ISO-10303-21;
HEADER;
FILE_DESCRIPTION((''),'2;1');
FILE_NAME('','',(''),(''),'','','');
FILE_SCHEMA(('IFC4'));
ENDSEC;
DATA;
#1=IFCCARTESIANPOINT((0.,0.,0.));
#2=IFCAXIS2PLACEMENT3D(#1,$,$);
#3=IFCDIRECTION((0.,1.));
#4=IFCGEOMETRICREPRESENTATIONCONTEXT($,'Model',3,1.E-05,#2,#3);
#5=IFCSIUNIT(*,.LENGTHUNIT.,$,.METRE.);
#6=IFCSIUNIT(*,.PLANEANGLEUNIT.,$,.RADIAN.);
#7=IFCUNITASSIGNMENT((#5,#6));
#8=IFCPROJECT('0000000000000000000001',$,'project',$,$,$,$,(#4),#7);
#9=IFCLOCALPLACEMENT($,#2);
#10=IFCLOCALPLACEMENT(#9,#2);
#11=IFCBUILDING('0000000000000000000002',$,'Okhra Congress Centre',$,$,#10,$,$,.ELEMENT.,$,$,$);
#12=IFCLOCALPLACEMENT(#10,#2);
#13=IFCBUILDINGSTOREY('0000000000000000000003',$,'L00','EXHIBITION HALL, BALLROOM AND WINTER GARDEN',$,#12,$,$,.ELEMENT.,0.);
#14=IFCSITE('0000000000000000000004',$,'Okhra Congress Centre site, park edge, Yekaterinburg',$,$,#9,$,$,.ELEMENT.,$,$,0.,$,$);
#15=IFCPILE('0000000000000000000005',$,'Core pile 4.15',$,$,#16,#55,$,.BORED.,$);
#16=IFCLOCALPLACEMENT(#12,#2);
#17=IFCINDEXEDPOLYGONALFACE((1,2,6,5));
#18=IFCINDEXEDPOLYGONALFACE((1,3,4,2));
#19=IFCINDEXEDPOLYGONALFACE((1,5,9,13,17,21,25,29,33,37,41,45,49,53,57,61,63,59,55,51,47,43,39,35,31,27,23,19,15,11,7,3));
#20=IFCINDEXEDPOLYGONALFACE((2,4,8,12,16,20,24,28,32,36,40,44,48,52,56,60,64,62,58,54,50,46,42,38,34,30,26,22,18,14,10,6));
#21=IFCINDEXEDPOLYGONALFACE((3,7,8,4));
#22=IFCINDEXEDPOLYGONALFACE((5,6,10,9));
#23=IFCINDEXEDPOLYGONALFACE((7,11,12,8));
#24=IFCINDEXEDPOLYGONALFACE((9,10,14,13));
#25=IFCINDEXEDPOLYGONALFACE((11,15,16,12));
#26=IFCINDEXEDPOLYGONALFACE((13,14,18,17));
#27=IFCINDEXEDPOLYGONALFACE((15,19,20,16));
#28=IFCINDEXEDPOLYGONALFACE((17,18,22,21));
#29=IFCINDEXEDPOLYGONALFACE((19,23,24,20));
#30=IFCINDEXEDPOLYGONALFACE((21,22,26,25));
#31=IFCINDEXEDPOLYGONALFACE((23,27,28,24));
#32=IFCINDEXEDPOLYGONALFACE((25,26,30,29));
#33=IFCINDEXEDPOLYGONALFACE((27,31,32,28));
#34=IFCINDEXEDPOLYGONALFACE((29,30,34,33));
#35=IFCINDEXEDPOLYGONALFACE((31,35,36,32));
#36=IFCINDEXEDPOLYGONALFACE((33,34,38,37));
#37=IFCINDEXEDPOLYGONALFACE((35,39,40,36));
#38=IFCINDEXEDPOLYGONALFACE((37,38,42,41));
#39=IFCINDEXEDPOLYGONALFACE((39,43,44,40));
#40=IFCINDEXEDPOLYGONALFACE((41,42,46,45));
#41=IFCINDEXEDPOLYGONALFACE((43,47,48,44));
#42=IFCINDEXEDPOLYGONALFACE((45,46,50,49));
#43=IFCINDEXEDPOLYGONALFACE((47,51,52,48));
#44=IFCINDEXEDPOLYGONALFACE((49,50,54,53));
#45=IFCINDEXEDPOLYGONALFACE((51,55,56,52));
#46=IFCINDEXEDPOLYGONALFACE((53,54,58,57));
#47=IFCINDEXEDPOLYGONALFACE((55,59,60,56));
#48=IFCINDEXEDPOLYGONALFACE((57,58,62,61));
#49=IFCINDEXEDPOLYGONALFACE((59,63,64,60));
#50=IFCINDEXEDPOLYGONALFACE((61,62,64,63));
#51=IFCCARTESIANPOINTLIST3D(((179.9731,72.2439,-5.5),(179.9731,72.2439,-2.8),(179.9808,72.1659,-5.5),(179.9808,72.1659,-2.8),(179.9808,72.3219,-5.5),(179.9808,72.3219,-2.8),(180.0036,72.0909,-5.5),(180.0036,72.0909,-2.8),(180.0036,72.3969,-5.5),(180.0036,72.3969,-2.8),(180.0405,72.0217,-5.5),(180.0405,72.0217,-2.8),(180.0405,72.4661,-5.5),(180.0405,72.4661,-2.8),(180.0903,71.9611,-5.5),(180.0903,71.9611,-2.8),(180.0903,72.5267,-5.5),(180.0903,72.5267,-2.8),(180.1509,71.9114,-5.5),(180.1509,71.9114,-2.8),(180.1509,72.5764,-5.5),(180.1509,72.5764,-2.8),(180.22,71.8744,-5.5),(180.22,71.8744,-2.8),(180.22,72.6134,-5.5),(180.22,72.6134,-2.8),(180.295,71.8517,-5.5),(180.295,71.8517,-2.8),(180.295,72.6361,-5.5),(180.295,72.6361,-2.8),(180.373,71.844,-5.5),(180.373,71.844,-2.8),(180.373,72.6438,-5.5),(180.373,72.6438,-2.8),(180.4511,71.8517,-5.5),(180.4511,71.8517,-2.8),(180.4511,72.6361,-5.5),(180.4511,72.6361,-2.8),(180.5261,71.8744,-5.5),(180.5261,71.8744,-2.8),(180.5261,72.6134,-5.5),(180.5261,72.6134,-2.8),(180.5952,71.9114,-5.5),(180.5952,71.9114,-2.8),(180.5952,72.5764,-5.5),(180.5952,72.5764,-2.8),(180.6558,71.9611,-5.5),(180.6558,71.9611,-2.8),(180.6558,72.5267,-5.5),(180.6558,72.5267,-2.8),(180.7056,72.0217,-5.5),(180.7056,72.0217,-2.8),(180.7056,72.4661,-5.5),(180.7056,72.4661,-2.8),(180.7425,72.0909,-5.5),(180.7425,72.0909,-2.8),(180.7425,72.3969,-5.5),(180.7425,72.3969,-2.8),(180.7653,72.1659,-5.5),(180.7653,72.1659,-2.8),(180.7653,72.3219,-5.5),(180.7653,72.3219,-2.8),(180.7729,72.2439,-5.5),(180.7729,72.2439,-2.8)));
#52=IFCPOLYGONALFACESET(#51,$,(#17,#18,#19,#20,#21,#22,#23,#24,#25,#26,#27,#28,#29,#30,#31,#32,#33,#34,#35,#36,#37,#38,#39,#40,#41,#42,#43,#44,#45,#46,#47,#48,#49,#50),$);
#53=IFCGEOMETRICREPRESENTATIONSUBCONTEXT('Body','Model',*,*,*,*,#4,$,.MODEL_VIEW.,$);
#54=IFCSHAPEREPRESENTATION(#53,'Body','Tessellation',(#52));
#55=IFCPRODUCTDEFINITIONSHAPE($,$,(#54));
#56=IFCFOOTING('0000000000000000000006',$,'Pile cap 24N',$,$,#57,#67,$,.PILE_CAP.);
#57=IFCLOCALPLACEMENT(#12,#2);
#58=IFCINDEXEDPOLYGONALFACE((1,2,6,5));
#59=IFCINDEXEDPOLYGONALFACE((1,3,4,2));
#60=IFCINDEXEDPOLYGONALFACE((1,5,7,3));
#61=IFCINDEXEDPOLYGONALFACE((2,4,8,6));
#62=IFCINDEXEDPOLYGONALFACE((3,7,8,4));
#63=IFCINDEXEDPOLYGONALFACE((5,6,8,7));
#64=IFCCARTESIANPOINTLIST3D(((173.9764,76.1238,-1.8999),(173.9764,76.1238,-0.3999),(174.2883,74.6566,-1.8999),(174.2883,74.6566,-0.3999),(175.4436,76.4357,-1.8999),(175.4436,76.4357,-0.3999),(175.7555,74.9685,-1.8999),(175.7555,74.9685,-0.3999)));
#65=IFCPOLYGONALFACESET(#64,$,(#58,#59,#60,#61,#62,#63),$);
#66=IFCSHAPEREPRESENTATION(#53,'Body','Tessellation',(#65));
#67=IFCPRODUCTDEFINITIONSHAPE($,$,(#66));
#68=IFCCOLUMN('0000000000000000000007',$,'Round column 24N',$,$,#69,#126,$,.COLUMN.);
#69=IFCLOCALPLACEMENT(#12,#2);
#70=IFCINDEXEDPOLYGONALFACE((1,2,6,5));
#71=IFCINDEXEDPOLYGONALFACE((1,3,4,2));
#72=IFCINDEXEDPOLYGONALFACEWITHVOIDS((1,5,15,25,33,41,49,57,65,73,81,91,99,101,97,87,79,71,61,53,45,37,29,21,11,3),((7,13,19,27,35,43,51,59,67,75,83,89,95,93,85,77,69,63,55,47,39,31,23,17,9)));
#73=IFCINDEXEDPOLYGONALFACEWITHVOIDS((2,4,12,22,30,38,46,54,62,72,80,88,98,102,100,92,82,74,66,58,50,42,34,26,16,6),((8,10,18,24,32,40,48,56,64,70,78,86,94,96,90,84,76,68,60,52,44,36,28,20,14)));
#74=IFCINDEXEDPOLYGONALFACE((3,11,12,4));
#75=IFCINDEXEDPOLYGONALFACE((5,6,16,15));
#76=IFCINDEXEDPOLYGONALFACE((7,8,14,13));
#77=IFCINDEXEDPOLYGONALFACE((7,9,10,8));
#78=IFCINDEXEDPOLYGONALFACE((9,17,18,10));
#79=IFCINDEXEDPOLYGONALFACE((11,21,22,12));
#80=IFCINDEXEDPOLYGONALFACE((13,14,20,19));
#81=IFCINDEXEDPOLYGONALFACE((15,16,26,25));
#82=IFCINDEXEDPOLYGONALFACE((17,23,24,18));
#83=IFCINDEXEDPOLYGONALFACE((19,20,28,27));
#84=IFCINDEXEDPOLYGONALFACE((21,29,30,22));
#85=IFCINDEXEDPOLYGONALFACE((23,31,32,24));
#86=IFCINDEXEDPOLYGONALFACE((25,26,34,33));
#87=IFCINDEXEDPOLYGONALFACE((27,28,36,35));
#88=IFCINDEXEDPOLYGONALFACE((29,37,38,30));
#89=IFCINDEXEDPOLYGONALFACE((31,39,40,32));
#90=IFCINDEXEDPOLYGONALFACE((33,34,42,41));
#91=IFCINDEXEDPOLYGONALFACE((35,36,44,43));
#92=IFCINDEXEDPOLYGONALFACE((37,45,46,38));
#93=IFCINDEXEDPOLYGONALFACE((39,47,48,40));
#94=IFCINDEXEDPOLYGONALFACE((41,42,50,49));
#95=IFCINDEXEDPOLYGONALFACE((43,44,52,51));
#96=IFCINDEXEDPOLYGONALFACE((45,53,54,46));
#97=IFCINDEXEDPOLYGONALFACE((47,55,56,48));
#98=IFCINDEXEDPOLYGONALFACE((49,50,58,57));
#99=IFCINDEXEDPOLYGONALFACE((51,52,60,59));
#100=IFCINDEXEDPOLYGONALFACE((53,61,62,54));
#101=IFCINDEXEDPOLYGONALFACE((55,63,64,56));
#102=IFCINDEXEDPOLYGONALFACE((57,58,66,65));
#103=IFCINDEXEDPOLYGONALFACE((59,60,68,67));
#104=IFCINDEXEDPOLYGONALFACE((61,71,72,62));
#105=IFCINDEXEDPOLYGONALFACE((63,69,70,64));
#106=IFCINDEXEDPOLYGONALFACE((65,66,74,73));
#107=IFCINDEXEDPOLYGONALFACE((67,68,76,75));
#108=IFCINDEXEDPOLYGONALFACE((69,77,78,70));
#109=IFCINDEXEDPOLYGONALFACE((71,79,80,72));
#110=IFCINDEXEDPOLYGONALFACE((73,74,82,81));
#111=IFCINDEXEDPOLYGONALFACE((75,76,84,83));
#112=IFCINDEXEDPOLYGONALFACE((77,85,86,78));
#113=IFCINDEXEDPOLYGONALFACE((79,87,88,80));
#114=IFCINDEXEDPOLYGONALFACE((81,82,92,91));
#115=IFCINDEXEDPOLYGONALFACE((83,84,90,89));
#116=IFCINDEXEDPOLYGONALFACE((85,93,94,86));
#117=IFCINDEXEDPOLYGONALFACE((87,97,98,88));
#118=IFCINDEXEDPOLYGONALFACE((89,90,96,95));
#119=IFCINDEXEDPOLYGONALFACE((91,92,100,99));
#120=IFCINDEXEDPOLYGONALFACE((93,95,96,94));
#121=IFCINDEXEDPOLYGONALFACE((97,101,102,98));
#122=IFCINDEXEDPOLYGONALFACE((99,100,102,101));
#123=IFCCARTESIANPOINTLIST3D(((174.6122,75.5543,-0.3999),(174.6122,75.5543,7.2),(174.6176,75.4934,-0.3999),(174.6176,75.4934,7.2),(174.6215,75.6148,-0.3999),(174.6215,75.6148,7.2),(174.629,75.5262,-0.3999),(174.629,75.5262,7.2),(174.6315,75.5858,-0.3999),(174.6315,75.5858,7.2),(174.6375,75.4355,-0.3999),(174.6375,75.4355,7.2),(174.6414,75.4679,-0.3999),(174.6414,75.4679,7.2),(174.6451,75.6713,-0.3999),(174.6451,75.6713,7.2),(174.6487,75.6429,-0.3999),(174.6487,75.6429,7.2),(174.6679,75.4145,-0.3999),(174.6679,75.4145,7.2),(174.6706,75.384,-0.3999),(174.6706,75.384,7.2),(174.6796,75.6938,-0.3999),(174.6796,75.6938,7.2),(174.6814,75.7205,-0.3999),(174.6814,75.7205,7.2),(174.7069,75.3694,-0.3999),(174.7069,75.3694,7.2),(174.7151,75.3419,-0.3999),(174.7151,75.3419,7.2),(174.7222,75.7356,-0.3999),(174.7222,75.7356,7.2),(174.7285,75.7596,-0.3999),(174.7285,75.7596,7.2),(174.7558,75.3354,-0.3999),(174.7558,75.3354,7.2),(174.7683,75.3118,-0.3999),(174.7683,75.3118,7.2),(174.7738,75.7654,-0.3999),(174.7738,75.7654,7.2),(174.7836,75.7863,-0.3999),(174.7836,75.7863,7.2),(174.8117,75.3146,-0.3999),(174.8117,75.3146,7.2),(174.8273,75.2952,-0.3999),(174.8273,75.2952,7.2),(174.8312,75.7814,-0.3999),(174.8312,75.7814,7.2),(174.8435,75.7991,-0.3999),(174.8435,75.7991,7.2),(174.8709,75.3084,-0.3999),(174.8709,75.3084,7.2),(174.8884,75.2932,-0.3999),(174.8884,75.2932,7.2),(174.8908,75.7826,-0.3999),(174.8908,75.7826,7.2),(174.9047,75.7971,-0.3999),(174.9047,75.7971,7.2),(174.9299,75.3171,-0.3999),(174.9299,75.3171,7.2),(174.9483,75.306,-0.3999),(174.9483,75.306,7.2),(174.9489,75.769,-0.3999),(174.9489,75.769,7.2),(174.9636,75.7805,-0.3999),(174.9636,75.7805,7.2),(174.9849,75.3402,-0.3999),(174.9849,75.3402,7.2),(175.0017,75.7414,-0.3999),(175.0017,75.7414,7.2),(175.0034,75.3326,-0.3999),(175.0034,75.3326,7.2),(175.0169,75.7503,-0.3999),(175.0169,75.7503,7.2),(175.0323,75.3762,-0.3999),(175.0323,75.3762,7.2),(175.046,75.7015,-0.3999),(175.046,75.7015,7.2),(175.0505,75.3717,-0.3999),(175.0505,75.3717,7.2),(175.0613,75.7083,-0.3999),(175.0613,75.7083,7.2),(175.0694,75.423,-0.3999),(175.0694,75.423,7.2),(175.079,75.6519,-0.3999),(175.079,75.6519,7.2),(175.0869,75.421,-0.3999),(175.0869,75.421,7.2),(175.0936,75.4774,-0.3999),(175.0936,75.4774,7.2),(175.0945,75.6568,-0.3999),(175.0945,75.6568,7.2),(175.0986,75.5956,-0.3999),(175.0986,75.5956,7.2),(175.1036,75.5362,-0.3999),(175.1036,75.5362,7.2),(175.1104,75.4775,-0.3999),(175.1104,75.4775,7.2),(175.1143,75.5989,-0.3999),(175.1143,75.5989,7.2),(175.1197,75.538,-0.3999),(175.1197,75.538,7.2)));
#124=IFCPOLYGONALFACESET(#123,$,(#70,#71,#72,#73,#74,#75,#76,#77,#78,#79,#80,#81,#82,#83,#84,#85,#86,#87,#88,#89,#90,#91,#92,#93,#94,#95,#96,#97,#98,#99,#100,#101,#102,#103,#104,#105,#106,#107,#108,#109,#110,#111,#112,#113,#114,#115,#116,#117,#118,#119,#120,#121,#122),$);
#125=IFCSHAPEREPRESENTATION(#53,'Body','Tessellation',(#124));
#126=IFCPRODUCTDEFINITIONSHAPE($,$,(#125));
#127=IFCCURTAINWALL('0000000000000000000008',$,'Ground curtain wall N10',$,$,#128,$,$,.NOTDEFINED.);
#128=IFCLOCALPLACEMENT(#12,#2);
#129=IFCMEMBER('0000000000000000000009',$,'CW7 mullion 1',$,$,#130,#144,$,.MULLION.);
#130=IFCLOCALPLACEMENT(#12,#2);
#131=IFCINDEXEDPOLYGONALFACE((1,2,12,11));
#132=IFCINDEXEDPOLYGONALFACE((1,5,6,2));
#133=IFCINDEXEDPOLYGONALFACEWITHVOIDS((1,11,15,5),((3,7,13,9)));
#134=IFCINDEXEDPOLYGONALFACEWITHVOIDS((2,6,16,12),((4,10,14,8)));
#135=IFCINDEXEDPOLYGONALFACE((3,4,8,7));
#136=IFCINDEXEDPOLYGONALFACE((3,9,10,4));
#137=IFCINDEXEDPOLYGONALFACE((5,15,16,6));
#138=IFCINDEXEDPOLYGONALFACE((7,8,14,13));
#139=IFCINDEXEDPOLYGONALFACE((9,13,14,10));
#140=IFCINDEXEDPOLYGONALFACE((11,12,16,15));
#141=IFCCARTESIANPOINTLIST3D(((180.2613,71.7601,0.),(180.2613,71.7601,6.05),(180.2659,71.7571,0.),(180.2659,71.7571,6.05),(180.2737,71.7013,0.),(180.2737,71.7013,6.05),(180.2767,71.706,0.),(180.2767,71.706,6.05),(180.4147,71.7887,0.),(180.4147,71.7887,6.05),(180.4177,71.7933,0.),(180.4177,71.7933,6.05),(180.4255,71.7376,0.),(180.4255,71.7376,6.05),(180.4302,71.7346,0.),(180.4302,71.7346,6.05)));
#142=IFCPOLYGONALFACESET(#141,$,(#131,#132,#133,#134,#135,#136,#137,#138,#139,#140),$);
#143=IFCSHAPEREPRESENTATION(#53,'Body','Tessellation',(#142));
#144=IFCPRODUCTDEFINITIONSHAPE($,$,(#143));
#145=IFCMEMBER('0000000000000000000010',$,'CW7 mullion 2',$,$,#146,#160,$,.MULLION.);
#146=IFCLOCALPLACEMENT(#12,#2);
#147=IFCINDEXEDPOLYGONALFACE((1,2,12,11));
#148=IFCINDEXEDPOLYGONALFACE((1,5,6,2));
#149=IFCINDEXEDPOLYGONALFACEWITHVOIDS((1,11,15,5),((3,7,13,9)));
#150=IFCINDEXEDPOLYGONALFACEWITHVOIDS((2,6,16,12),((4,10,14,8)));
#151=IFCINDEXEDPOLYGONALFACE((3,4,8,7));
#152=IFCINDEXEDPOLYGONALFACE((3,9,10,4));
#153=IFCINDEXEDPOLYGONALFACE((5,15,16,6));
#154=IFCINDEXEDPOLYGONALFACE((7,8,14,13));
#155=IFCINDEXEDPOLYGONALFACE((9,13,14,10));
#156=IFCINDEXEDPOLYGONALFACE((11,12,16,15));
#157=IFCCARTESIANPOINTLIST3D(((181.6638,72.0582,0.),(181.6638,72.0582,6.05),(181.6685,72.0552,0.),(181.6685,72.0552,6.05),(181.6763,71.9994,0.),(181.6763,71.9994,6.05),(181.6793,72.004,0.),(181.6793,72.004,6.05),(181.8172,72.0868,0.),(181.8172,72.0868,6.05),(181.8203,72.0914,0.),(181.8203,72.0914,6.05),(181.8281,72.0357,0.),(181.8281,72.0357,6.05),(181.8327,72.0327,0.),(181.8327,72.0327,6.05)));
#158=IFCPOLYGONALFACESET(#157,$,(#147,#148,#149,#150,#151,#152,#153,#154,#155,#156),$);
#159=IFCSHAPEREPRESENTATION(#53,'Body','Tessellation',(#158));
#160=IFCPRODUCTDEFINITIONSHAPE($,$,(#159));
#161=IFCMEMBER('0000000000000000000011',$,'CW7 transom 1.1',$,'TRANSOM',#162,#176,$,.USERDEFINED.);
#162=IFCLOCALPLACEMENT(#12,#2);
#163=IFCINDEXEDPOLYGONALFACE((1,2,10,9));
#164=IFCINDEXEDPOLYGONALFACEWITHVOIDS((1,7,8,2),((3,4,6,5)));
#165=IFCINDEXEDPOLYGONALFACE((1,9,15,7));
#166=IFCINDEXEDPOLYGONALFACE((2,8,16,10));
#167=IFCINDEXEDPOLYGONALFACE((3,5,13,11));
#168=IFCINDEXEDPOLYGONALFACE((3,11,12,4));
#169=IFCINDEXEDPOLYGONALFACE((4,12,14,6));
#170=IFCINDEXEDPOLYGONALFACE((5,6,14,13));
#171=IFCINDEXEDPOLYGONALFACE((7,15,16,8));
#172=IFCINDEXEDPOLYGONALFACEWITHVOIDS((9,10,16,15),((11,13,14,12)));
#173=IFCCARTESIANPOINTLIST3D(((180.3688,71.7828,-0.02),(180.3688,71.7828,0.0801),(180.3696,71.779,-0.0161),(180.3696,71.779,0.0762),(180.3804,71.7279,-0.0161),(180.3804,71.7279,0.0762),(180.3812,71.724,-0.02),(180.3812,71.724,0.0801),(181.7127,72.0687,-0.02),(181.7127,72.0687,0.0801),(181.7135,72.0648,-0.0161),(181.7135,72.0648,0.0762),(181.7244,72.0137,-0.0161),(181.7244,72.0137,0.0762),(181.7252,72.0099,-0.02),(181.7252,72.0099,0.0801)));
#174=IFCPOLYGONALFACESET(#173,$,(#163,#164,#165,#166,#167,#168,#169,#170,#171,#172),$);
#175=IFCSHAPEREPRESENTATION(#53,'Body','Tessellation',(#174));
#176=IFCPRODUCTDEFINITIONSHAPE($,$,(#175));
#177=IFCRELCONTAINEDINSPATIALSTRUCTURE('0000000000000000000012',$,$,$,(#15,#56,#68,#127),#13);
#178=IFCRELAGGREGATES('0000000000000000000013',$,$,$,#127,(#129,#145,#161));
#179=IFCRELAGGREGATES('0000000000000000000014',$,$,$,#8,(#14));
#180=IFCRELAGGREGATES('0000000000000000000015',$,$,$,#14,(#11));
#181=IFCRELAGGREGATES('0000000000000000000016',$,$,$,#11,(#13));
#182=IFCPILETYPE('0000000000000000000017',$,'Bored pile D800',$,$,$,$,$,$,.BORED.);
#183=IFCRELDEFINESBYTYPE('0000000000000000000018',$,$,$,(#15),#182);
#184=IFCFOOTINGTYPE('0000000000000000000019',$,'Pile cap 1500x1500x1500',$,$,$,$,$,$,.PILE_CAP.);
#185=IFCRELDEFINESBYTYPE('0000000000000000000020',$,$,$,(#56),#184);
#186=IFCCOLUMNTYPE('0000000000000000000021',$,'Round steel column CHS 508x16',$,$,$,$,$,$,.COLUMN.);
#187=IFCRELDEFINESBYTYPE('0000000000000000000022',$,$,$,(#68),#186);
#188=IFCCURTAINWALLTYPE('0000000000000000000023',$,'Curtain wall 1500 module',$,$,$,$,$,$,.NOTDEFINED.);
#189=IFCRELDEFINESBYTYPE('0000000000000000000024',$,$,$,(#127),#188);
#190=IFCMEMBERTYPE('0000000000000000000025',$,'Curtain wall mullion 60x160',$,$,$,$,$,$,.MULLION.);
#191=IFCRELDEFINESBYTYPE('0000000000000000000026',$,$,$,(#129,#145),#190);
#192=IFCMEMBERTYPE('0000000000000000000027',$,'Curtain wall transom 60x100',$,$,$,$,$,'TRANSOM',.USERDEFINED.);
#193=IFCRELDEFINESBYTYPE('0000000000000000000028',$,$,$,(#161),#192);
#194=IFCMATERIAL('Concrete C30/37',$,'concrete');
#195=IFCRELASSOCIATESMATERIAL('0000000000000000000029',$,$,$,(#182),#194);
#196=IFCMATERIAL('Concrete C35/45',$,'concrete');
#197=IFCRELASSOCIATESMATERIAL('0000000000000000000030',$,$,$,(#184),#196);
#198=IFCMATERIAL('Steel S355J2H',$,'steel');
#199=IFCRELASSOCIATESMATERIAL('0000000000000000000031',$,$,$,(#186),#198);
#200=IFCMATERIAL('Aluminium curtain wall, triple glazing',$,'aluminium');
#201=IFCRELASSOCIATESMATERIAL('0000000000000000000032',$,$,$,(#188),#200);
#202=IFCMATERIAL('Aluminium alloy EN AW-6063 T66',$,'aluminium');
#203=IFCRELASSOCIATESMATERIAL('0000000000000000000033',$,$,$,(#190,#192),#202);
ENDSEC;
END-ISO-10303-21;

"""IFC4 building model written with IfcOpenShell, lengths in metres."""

from ifc_helpers import new_model, si_unit, direction, frame, origin, origin_2d, place, context, subcontext, project, spatial, rectangle, hollow_rectangle, circle, hollow_circle, extrude, material, material_profile, profile_set, type_object, element, aggregate, save


model = new_model("IFC4")

# Units and contexts
model_context = context("Model", 3, precision=1e-05, world=origin(), true_north=direction((0.0, 1.0)))
body_context = subcontext(model_context, "Body", "Model", "MODEL_VIEW")
ifc_project = project(units=[si_unit("LENGTHUNIT", "METRE"), si_unit("PLANEANGLEUNIT", "RADIAN")], contexts=[model_context])

# Site, building, storey
site_placement = place(None, origin())
site = spatial("IfcSite", under=ifc_project, at=site_placement, Name="Okhra Congress Centre site, park edge, Yekaterinburg", CompositionType="ELEMENT", RefElevation=0.0)
building_placement = place(site_placement, origin())
building = spatial("IfcBuilding", under=site, at=building_placement, Name="Okhra Congress Centre", CompositionType="ELEMENT")
storey_placement = place(building_placement, origin())
storey = spatial("IfcBuildingStorey", under=building, at=storey_placement, Name="L00", Description="EXHIBITION HALL, BALLROOM AND WINTER GARDEN", CompositionType="ELEMENT", Elevation=0.0)

# Pile
ifc_material_1 = material(Name="Concrete C30/37", Category="concrete")
ifc_material_profile_1 = material_profile(ifc_material_1, circle(Radius=0.3999, at=origin_2d()), Name="D800")
ifc_profile_set_1 = profile_set([ifc_material_profile_1], Name="Concrete C30/37")
pile_type = type_object("IfcPileType", Name="Bored pile D800", PredefinedType="BORED", material=ifc_profile_set_1)
for number, where, z_axis, x_axis, name in (
    (1, (180.373, 72.2439, -2.8), (0.0, 0.0, -1.0), (1.0, 0.0, 0.0), "Core pile 4.15"),
):
    element("IfcPile", number, at=place(storey_placement, frame(where, z_axis=z_axis, x_axis=x_axis)), inside=storey, type_object=pile_type, Name=name, PredefinedType="BORED", context=body_context, shape_type="SweptSolid", body=[
        extrude(circle(Radius=0.3999, at=origin_2d()), origin(), (0.0, 0.0, 1.0), 2.7),
    ])

# Footing
ifc_material_2 = material(Name="Concrete C35/45", Category="concrete")
footing_type = type_object("IfcFootingType", Name="Pile cap 1500x1500x1500", PredefinedType="PILE_CAP", material=ifc_material_2)
footing_placement = place(storey_placement, frame((174.866, 75.5461, -1.8999), z_axis=(0.0, 0.0, 1.0), x_axis=(0.978148, 0.207912, 0.0)))
element("IfcFooting", 2, at=footing_placement, inside=storey, type_object=footing_type, Name="Pile cap 24N", PredefinedType="PILE_CAP", context=body_context, shape_type="SweptSolid", body=[
    extrude(rectangle(XDim=1.5, YDim=1.5, at=origin_2d()), origin(), (0.0, 0.0, 1.0), 1.5),
])

# Column
ifc_material_3 = material(Name="Steel S355J2H", Category="steel")
ifc_material_profile_2 = material_profile(ifc_material_3, hollow_circle(Radius=0.2539, WallThickness=0.0161, at=origin_2d()), Name="CHS 508x16")
ifc_profile_set_2 = profile_set([ifc_material_profile_2], Name="Steel S355J2H")
column_type = type_object("IfcColumnType", Name="Round steel column CHS 508x16", PredefinedType="COLUMN", material=ifc_profile_set_2)
column_placement = place(storey_placement, frame((174.866, 75.5461, -0.3999), z_axis=(0.0, 0.0, 1.0), x_axis=(0.978148, 0.207912, 0.0)))
element("IfcColumn", 3, at=column_placement, inside=storey, type_object=column_type, Name="Round column 24N", PredefinedType="COLUMN", context=body_context, shape_type="SweptSolid", body=[
    extrude(hollow_circle(Radius=0.2539, WallThickness=0.0161, at=origin_2d()), origin(), (0.0, 0.0, 1.0), 7.5999),
])

# Curtain wall, members
ifc_material_4 = material(Name="Aluminium curtain wall, triple glazing", Category="aluminium")
curtain_wall_type = type_object("IfcCurtainWallType", Name="Curtain wall 1500 module", PredefinedType="NOTDEFINED", material=ifc_material_4)
curtain_wall_placement = place(storey_placement, origin())
curtain_wall = element("IfcCurtainWall", 4, at=curtain_wall_placement, inside=storey, type_object=curtain_wall_type, Name="Ground curtain wall N10", PredefinedType="NOTDEFINED")
ifc_material_5 = material(Name="Aluminium alloy EN AW-6063 T66", Category="aluminium")
ifc_material_profile_3 = material_profile(ifc_material_5, hollow_rectangle(XDim=0.0601, YDim=0.1599, WallThickness=0.0039, at=origin_2d()), Name="RHS 60x160x4")
ifc_profile_set_3 = profile_set([ifc_material_profile_3], Name="Aluminium alloy EN AW-6063 T66")
member_type_1 = type_object("IfcMemberType", Name="Curtain wall mullion 60x160", PredefinedType="MULLION", material=ifc_profile_set_3)
member_1_placement = place(storey_placement, frame((180.3457, 71.7473, 0.0), z_axis=(0.0, 0.0, 1.0), x_axis=(-0.207912, 0.978148, 0.0)))
member_1 = element("IfcMember", 5, at=member_1_placement, type_object=member_type_1, Name="CW7 mullion 1", PredefinedType="MULLION", context=body_context, shape_type="SweptSolid", body=[
    extrude(hollow_rectangle(XDim=0.0601, YDim=0.1599, WallThickness=0.0039, at=origin_2d()), origin(), (0.0, 0.0, 1.0), 6.05),
])
member_2_placement = place(storey_placement, frame((181.7483, 72.0454, 0.0), z_axis=(0.0, 0.0, 1.0), x_axis=(-0.207912, 0.978148, 0.0)))
member_2 = element("IfcMember", 6, at=member_2_placement, type_object=member_type_1, Name="CW7 mullion 2", PredefinedType="MULLION", context=body_context, shape_type="SweptSolid", body=[
    extrude(hollow_rectangle(XDim=0.0601, YDim=0.1599, WallThickness=0.0039, at=origin_2d()), origin(), (0.0, 0.0, 1.0), 6.05),
])
ifc_material_profile_4 = material_profile(ifc_material_5, hollow_rectangle(XDim=0.0601, YDim=0.1001, WallThickness=0.0039, at=origin_2d()), Name="RHS 60x100x4")
ifc_profile_set_4 = profile_set([ifc_material_profile_4], Name="Aluminium alloy EN AW-6063 T66")
member_type_2 = type_object("IfcMemberType", Name="Curtain wall transom 60x100", ElementType="TRANSOM", PredefinedType="USERDEFINED", material=ifc_profile_set_4)
member_3_placement = place(storey_placement, frame((180.375, 71.7534, 0.03), z_axis=(0.978116, 0.208061, 0.0), x_axis=(-0.208061, 0.978116, 0.0)))
member_3 = element("IfcMember", 7, at=member_3_placement, type_object=member_type_2, Name="CW7 transom 1.1", ObjectType="TRANSOM", PredefinedType="USERDEFINED", context=body_context, shape_type="SweptSolid", body=[
    extrude(hollow_rectangle(XDim=0.0601, YDim=0.1001, WallThickness=0.0039, at=origin_2d()), origin(), (0.0, 0.0, 1.0), 1.374),
])
aggregate(curtain_wall, [member_1, member_2, member_3])

save(model, "model.ifc")
